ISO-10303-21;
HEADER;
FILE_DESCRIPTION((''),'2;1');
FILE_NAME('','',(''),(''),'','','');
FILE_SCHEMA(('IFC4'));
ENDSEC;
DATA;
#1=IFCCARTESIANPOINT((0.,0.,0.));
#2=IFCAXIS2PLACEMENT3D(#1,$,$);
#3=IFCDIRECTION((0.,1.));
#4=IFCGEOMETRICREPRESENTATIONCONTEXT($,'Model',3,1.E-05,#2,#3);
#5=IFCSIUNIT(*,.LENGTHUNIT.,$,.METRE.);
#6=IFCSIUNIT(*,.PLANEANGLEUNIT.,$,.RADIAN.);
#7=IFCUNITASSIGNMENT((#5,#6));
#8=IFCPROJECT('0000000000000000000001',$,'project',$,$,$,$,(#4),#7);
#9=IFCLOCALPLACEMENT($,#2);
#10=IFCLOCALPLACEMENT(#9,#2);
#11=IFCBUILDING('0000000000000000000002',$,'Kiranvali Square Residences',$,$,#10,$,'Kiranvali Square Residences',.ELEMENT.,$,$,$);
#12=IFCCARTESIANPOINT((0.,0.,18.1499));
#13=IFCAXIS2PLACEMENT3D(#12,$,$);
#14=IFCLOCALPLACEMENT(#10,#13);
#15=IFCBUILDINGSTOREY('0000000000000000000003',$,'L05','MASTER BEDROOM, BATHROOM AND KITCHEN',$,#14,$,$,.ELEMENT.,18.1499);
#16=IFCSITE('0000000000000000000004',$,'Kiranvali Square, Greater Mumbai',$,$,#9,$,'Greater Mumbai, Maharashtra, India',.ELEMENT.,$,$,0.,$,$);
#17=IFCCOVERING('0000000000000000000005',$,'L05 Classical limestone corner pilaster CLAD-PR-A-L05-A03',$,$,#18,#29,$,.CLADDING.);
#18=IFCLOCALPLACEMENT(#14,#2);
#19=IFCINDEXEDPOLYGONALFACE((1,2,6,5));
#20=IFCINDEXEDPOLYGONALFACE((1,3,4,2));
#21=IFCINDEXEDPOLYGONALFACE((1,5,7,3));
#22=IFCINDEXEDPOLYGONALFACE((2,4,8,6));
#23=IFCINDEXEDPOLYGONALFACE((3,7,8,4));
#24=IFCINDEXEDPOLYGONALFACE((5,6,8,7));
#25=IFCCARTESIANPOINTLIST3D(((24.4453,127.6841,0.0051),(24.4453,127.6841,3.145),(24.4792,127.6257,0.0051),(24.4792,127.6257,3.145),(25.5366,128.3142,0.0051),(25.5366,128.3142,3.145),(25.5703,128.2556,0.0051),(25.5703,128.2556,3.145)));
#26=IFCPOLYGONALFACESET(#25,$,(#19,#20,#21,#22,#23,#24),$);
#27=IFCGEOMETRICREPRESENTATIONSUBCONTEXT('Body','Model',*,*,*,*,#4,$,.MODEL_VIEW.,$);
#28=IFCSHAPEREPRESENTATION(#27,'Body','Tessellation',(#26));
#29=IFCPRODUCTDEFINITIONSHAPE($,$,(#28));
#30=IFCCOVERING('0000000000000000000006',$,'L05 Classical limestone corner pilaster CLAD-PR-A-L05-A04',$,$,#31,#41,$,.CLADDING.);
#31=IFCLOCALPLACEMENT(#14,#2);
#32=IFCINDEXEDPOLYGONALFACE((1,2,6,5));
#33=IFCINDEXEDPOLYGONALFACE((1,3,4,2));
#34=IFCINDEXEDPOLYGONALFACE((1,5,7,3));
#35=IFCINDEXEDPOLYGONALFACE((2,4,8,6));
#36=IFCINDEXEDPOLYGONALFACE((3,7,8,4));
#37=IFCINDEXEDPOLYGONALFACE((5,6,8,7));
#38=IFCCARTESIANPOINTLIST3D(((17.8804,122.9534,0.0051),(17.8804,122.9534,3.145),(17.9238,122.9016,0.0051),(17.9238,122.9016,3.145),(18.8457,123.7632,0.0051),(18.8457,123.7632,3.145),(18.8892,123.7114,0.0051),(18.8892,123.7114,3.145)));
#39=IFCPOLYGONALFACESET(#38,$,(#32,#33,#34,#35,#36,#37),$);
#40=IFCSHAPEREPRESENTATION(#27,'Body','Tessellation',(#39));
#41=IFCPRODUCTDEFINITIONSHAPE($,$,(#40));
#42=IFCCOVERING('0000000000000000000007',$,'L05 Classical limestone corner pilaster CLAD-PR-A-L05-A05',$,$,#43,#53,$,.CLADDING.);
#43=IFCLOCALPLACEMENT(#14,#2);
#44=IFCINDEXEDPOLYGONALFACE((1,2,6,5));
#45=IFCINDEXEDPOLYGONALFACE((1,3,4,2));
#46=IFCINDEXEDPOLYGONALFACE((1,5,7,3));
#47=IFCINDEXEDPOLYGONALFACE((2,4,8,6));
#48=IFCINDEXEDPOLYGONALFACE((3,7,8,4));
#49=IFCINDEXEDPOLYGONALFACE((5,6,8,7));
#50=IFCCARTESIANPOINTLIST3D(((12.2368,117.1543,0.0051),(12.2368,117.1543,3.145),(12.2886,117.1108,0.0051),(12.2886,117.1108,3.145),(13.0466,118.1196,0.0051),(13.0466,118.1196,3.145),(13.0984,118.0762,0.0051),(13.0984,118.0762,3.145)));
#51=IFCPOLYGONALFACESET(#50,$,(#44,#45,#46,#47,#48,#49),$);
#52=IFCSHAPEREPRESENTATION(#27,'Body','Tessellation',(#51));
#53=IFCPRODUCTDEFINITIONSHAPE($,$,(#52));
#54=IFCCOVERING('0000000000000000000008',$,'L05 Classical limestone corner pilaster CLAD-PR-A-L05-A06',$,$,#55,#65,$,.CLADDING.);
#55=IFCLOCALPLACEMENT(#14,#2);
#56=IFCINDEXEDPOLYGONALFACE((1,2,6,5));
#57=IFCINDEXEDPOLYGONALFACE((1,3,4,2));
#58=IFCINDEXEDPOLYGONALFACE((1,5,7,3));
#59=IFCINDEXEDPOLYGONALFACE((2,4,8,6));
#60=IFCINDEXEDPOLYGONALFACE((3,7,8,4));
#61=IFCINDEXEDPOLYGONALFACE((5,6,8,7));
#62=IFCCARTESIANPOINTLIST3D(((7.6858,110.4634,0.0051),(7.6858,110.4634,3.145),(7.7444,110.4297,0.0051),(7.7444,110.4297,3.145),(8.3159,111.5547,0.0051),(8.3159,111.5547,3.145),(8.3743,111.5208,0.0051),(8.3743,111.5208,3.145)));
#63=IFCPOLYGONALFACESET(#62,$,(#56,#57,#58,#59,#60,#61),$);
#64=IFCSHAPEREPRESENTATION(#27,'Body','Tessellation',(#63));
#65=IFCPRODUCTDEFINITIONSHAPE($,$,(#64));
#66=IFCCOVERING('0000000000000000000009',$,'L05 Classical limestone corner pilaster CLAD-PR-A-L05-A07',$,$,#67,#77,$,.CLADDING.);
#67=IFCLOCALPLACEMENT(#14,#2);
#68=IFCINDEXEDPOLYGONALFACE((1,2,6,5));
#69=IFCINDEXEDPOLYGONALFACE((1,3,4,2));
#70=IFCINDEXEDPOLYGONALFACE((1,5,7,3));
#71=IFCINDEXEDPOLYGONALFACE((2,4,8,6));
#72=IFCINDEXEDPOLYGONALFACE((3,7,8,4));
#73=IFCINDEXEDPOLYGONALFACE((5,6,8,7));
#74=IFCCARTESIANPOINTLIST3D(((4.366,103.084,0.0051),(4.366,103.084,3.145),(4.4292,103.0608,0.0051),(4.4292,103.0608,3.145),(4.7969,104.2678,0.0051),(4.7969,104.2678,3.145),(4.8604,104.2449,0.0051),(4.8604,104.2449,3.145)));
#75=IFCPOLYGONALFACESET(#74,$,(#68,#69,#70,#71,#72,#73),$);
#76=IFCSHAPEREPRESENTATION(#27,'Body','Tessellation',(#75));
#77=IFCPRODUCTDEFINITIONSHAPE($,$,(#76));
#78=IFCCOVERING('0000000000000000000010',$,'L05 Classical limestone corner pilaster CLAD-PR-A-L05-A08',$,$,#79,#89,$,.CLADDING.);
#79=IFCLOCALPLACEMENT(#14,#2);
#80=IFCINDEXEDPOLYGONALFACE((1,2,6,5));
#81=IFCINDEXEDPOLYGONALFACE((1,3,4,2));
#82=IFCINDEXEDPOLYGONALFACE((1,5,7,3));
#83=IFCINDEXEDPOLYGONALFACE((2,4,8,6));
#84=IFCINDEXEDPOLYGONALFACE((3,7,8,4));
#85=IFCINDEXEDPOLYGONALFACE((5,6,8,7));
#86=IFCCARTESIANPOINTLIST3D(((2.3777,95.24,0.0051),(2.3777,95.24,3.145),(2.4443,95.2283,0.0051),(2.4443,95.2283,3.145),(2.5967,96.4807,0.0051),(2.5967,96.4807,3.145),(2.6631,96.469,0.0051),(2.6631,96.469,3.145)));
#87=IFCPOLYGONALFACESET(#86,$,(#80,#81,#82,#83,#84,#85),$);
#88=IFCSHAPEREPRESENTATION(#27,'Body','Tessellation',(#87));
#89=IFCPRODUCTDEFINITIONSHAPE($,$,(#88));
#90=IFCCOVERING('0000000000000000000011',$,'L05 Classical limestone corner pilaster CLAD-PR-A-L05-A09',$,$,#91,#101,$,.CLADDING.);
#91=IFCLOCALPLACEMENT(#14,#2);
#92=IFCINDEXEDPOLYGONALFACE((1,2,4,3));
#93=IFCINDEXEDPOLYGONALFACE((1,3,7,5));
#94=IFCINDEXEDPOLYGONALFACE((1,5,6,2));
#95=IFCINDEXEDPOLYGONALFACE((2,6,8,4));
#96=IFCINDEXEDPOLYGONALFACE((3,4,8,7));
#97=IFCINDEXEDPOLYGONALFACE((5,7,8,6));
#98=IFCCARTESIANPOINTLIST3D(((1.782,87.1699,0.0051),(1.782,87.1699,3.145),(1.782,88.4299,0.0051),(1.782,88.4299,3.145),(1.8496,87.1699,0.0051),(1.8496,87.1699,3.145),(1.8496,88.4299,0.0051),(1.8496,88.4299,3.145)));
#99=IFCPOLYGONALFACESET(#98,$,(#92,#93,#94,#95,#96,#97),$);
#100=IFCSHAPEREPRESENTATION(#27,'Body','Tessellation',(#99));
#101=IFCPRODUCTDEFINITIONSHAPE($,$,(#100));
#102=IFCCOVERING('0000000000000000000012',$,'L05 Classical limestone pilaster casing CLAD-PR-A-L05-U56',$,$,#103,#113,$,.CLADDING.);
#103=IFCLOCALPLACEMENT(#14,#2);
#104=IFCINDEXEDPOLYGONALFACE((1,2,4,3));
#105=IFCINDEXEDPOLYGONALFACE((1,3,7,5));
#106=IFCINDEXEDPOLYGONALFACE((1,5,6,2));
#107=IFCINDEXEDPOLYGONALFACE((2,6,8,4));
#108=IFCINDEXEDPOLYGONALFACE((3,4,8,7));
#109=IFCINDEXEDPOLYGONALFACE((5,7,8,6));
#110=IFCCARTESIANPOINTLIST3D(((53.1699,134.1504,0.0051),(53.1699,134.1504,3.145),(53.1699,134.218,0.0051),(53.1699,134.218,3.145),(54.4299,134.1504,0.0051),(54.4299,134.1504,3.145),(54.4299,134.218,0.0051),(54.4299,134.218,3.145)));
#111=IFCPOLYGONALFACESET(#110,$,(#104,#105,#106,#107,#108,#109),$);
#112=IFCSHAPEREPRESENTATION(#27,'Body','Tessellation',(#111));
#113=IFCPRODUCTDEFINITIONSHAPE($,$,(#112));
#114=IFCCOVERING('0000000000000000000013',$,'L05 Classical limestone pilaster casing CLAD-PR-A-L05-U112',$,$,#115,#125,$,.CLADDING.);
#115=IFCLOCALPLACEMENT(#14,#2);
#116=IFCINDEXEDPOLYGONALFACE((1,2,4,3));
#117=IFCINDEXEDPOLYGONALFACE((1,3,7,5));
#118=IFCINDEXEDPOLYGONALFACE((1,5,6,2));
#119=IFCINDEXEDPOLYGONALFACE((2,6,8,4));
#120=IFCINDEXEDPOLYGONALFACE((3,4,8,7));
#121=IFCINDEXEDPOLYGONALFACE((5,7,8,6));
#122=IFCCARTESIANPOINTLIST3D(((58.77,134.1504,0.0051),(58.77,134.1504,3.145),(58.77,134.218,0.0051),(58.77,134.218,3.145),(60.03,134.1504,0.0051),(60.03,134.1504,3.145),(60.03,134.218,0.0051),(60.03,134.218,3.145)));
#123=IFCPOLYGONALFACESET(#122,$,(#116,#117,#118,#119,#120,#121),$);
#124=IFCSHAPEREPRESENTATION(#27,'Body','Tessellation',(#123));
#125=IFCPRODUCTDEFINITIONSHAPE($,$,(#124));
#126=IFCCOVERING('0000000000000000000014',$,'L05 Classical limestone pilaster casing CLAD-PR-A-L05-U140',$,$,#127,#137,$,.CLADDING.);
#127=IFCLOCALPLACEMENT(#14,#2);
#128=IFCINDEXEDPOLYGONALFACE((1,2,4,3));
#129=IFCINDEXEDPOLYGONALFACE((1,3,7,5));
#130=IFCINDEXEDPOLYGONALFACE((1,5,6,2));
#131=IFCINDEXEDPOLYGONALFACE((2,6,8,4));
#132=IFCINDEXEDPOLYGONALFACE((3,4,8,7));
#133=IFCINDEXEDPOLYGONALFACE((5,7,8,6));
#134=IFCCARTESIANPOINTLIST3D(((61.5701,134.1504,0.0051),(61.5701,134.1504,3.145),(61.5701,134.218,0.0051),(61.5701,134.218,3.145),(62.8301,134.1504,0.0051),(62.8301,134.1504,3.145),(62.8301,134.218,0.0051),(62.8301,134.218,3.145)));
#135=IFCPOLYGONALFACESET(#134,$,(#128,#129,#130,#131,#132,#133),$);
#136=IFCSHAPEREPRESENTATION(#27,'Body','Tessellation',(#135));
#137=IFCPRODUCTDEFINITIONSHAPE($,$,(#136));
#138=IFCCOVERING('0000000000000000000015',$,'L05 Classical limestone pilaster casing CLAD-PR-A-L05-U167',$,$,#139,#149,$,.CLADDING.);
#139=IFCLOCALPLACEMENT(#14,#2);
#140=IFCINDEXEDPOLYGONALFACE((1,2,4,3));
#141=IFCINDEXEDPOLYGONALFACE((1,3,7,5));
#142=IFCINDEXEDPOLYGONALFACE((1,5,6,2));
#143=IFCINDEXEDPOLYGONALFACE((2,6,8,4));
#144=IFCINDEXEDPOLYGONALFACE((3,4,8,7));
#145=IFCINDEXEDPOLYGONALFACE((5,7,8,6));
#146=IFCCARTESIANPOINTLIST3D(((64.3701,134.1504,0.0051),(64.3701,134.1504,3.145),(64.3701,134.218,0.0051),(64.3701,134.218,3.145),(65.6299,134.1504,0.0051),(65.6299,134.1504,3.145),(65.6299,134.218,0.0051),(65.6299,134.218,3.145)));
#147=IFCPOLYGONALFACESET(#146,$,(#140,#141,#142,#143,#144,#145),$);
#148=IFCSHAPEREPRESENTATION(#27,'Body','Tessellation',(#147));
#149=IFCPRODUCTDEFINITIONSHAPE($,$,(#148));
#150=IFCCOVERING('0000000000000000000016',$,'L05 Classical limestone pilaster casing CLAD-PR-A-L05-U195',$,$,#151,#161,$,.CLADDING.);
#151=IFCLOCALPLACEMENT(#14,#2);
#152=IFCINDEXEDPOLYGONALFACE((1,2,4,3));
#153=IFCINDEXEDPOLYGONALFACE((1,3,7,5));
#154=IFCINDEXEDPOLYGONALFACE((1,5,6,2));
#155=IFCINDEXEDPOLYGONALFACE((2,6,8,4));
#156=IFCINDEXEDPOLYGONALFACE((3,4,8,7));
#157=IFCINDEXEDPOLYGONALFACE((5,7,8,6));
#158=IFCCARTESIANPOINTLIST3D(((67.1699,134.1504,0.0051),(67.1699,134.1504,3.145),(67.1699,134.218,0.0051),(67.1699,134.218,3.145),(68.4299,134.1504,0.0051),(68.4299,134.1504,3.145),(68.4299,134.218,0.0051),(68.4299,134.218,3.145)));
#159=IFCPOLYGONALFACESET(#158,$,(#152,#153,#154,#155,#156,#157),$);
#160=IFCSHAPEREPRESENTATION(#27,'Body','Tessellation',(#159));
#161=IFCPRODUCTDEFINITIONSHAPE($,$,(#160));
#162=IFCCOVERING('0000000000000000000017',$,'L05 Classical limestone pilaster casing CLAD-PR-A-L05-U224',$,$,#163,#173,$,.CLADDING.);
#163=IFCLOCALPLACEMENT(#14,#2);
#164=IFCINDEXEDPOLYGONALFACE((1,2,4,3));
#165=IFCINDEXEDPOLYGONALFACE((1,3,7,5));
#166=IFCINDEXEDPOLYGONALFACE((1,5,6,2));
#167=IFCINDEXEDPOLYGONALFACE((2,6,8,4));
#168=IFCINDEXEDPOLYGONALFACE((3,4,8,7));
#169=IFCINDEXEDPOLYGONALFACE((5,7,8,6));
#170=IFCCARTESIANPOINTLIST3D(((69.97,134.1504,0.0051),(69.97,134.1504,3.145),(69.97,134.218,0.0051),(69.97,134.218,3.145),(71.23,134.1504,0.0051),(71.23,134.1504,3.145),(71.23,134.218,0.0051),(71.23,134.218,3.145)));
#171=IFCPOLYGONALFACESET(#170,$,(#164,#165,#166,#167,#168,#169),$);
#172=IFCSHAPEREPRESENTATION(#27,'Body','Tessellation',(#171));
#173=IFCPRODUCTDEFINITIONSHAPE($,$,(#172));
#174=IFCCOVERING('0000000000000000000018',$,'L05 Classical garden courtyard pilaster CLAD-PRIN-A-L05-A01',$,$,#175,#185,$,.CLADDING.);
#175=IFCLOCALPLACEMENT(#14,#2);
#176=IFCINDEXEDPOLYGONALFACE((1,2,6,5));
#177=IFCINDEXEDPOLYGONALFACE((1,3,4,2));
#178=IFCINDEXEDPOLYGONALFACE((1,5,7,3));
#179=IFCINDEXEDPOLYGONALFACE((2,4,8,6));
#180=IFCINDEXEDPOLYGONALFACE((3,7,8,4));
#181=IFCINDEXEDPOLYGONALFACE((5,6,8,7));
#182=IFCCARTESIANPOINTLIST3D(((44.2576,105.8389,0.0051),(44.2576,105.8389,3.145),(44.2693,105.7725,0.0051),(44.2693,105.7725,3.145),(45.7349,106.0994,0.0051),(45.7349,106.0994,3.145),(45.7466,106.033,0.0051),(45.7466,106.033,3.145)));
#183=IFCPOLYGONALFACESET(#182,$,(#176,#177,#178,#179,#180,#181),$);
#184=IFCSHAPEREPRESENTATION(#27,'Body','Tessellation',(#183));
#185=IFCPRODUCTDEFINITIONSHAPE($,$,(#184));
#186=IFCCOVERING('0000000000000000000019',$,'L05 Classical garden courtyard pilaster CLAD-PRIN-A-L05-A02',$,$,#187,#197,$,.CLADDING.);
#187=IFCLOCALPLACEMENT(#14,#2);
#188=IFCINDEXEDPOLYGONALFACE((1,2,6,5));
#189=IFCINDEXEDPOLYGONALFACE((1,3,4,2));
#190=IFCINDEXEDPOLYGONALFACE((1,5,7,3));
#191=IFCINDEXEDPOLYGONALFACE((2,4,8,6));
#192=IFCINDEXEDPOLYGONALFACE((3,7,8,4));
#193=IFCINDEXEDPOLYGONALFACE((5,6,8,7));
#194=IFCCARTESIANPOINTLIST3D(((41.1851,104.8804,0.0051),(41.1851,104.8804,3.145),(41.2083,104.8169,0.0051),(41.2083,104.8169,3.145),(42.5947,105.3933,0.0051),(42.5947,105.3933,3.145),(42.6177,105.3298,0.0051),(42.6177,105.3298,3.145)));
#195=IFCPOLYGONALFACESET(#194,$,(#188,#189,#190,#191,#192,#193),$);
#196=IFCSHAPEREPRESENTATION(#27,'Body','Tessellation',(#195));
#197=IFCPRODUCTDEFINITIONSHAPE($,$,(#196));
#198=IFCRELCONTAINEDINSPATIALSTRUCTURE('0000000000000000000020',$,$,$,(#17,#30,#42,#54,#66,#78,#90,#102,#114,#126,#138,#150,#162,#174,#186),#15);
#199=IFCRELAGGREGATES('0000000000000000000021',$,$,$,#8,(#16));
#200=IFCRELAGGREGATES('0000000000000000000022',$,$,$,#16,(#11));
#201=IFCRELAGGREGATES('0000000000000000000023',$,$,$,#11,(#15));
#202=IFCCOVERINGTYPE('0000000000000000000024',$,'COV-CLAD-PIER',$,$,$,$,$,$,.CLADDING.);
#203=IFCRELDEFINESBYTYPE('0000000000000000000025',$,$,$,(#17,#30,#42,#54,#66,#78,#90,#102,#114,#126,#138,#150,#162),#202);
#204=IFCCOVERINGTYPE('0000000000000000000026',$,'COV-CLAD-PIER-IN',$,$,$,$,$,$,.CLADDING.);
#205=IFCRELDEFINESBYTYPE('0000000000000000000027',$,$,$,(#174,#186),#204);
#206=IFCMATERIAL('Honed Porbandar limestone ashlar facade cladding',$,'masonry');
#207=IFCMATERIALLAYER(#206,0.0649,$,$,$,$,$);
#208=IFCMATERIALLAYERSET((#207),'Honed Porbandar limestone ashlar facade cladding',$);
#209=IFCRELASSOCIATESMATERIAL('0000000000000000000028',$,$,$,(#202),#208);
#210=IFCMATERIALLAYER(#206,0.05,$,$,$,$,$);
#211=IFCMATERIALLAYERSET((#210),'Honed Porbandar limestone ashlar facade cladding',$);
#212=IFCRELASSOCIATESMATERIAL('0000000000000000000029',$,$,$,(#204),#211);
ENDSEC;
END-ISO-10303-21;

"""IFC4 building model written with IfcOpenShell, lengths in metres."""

from ifc_helpers import new_model, si_unit, direction, frame, origin, place, context, subcontext, project, spatial, polyline, outline, extrude, material, layer, layer_set, type_object, element, save


model = new_model("IFC4")

# Units and contexts
model_context = context("Model", 3, precision=1e-05, world=origin(), true_north=direction((0.0, 1.0)))
body_context = subcontext(model_context, "Body", "Model", "MODEL_VIEW")
ifc_project = project(units=[si_unit("LENGTHUNIT", "METRE"), si_unit("PLANEANGLEUNIT", "RADIAN")], contexts=[model_context])

# Site, building, storey
site_placement = place(None, origin())
site = spatial("IfcSite", under=ifc_project, at=site_placement, Name="Kiranvali Square, Greater Mumbai", LongName="Greater Mumbai, Maharashtra, India", CompositionType="ELEMENT", RefElevation=0.0)
building_placement = place(site_placement, origin())
building = spatial("IfcBuilding", under=site, at=building_placement, Name="Kiranvali Square Residences", LongName="Kiranvali Square Residences", CompositionType="ELEMENT")
storey_placement = place(building_placement, frame((0.0, 0.0, 18.1499)))
storey = spatial("IfcBuildingStorey", under=building, at=storey_placement, Name="L05", Description="MASTER BEDROOM, BATHROOM AND KITCHEN", CompositionType="ELEMENT", Elevation=18.1499)

# Coverings
ifc_material = material(Name="Honed Porbandar limestone ashlar facade cladding", Category="masonry")
ifc_layer_1 = layer(ifc_material, 0.0649)
ifc_layer_set_1 = layer_set([ifc_layer_1], Name="Honed Porbandar limestone ashlar facade cladding")
covering_type_1 = type_object("IfcCoveringType", Name="COV-CLAD-PIER", PredefinedType="CLADDING", material=ifc_layer_set_1)
covering_1_placement = place(storey_placement, frame((0.0, 0.0, 0.0051)))
element("IfcCovering", 1, at=covering_1_placement, inside=storey, type_object=covering_type_1, Name="L05 Classical limestone corner pilaster CLAD-PR-A-L05-A03", PredefinedType="CLADDING", context=body_context, shape_type="SweptSolid", body=[
    extrude(outline(polyline([(25.5366, 128.3142), (24.4453, 127.6841), (24.4792, 127.6257), (25.5703, 128.2556), (25.5366, 128.3142)])), origin(), (0.0, 0.0, 1.0), 3.1399),
])
covering_2_placement = place(storey_placement, frame((0.0, 0.0, 0.0051)))
element("IfcCovering", 2, at=covering_2_placement, inside=storey, type_object=covering_type_1, Name="L05 Classical limestone corner pilaster CLAD-PR-A-L05-A04", PredefinedType="CLADDING", context=body_context, shape_type="SweptSolid", body=[
    extrude(outline(polyline([(18.8457, 123.7632), (17.8804, 122.9534), (17.9238, 122.9016), (18.8892, 123.7114), (18.8457, 123.7632)])), origin(), (0.0, 0.0, 1.0), 3.1399),
])
covering_3_placement = place(storey_placement, frame((0.0, 0.0, 0.0051)))
element("IfcCovering", 3, at=covering_3_placement, inside=storey, type_object=covering_type_1, Name="L05 Classical limestone corner pilaster CLAD-PR-A-L05-A05", PredefinedType="CLADDING", context=body_context, shape_type="SweptSolid", body=[
    extrude(outline(polyline([(13.0466, 118.1196), (12.2368, 117.1543), (12.2886, 117.1108), (13.0984, 118.0762), (13.0466, 118.1196)])), origin(), (0.0, 0.0, 1.0), 3.1399),
])
covering_4_placement = place(storey_placement, frame((0.0, 0.0, 0.0051)))
element("IfcCovering", 4, at=covering_4_placement, inside=storey, type_object=covering_type_1, Name="L05 Classical limestone corner pilaster CLAD-PR-A-L05-A06", PredefinedType="CLADDING", context=body_context, shape_type="SweptSolid", body=[
    extrude(outline(polyline([(8.3159, 111.5547), (7.6858, 110.4634), (7.7444, 110.4297), (8.3743, 111.5208), (8.3159, 111.5547)])), origin(), (0.0, 0.0, 1.0), 3.1399),
])
covering_5_placement = place(storey_placement, frame((0.0, 0.0, 0.0051)))
element("IfcCovering", 5, at=covering_5_placement, inside=storey, type_object=covering_type_1, Name="L05 Classical limestone corner pilaster CLAD-PR-A-L05-A07", PredefinedType="CLADDING", context=body_context, shape_type="SweptSolid", body=[
    extrude(outline(polyline([(4.7969, 104.2678), (4.366, 103.084), (4.4292, 103.0608), (4.8604, 104.2449), (4.7969, 104.2678)])), origin(), (0.0, 0.0, 1.0), 3.1399),
])
covering_6_placement = place(storey_placement, frame((0.0, 0.0, 0.0051)))
element("IfcCovering", 6, at=covering_6_placement, inside=storey, type_object=covering_type_1, Name="L05 Classical limestone corner pilaster CLAD-PR-A-L05-A08", PredefinedType="CLADDING", context=body_context, shape_type="SweptSolid", body=[
    extrude(outline(polyline([(2.5967, 96.4807), (2.3777, 95.24), (2.4443, 95.2283), (2.6631, 96.469), (2.5967, 96.4807)])), origin(), (0.0, 0.0, 1.0), 3.1399),
])
covering_7_placement = place(storey_placement, frame((0.0, 0.0, 0.0051)))
element("IfcCovering", 7, at=covering_7_placement, inside=storey, type_object=covering_type_1, Name="L05 Classical limestone corner pilaster CLAD-PR-A-L05-A09", PredefinedType="CLADDING", context=body_context, shape_type="SweptSolid", body=[
    extrude(outline(polyline([(1.782, 88.4299), (1.782, 87.1699), (1.8496, 87.1699), (1.8496, 88.4299), (1.782, 88.4299)])), origin(), (0.0, 0.0, 1.0), 3.1399),
])
covering_8_placement = place(storey_placement, frame((0.0, 0.0, 0.0051)))
element("IfcCovering", 8, at=covering_8_placement, inside=storey, type_object=covering_type_1, Name="L05 Classical limestone pilaster casing CLAD-PR-A-L05-U56", PredefinedType="CLADDING", context=body_context, shape_type="SweptSolid", body=[
    extrude(outline(polyline([(53.1699, 134.1504), (54.4299, 134.1504), (54.4299, 134.218), (53.1699, 134.218), (53.1699, 134.1504)])), origin(), (0.0, 0.0, 1.0), 3.1399),
])
covering_9_placement = place(storey_placement, frame((0.0, 0.0, 0.0051)))
element("IfcCovering", 9, at=covering_9_placement, inside=storey, type_object=covering_type_1, Name="L05 Classical limestone pilaster casing CLAD-PR-A-L05-U112", PredefinedType="CLADDING", context=body_context, shape_type="SweptSolid", body=[
    extrude(outline(polyline([(58.77, 134.1504), (60.03, 134.1504), (60.03, 134.218), (58.77, 134.218), (58.77, 134.1504)])), origin(), (0.0, 0.0, 1.0), 3.1399),
])
covering_10_placement = place(storey_placement, frame((0.0, 0.0, 0.0051)))
element("IfcCovering", 10, at=covering_10_placement, inside=storey, type_object=covering_type_1, Name="L05 Classical limestone pilaster casing CLAD-PR-A-L05-U140", PredefinedType="CLADDING", context=body_context, shape_type="SweptSolid", body=[
    extrude(outline(polyline([(61.5701, 134.1504), (62.8301, 134.1504), (62.8301, 134.218), (61.5701, 134.218), (61.5701, 134.1504)])), origin(), (0.0, 0.0, 1.0), 3.1399),
])
covering_11_placement = place(storey_placement, frame((0.0, 0.0, 0.0051)))
element("IfcCovering", 11, at=covering_11_placement, inside=storey, type_object=covering_type_1, Name="L05 Classical limestone pilaster casing CLAD-PR-A-L05-U167", PredefinedType="CLADDING", context=body_context, shape_type="SweptSolid", body=[
    extrude(outline(polyline([(64.3701, 134.1504), (65.6299, 134.1504), (65.6299, 134.218), (64.3701, 134.218), (64.3701, 134.1504)])), origin(), (0.0, 0.0, 1.0), 3.1399),
])
covering_12_placement = place(storey_placement, frame((0.0, 0.0, 0.0051)))
element("IfcCovering", 12, at=covering_12_placement, inside=storey, type_object=covering_type_1, Name="L05 Classical limestone pilaster casing CLAD-PR-A-L05-U195", PredefinedType="CLADDING", context=body_context, shape_type="SweptSolid", body=[
    extrude(outline(polyline([(67.1699, 134.1504), (68.4299, 134.1504), (68.4299, 134.218), (67.1699, 134.218), (67.1699, 134.1504)])), origin(), (0.0, 0.0, 1.0), 3.1399),
])
covering_13_placement = place(storey_placement, frame((0.0, 0.0, 0.0051)))
element("IfcCovering", 13, at=covering_13_placement, inside=storey, type_object=covering_type_1, Name="L05 Classical limestone pilaster casing CLAD-PR-A-L05-U224", PredefinedType="CLADDING", context=body_context, shape_type="SweptSolid", body=[
    extrude(outline(polyline([(69.97, 134.1504), (71.23, 134.1504), (71.23, 134.218), (69.97, 134.218), (69.97, 134.1504)])), origin(), (0.0, 0.0, 1.0), 3.1399),
])
ifc_layer_2 = layer(ifc_material, 0.05)
ifc_layer_set_2 = layer_set([ifc_layer_2], Name="Honed Porbandar limestone ashlar facade cladding")
covering_type_2 = type_object("IfcCoveringType", Name="COV-CLAD-PIER-IN", PredefinedType="CLADDING", material=ifc_layer_set_2)
covering_14_placement = place(storey_placement, frame((0.0, 0.0, 0.0051)))
element("IfcCovering", 14, at=covering_14_placement, inside=storey, type_object=covering_type_2, Name="L05 Classical garden courtyard pilaster CLAD-PRIN-A-L05-A01", PredefinedType="CLADDING", context=body_context, shape_type="SweptSolid", body=[
    extrude(outline(polyline([(44.2693, 105.7725), (45.7466, 106.033), (45.7349, 106.0994), (44.2576, 105.8389), (44.2693, 105.7725)])), origin(), (0.0, 0.0, 1.0), 3.1399),
])
covering_15_placement = place(storey_placement, frame((0.0, 0.0, 0.0051)))
element("IfcCovering", 15, at=covering_15_placement, inside=storey, type_object=covering_type_2, Name="L05 Classical garden courtyard pilaster CLAD-PRIN-A-L05-A02", PredefinedType="CLADDING", context=body_context, shape_type="SweptSolid", body=[
    extrude(outline(polyline([(41.2083, 104.8169), (42.6177, 105.3298), (42.5947, 105.3933), (41.1851, 104.8804), (41.2083, 104.8169)])), origin(), (0.0, 0.0, 1.0), 3.1399),
])

save(model, "model.ifc")
